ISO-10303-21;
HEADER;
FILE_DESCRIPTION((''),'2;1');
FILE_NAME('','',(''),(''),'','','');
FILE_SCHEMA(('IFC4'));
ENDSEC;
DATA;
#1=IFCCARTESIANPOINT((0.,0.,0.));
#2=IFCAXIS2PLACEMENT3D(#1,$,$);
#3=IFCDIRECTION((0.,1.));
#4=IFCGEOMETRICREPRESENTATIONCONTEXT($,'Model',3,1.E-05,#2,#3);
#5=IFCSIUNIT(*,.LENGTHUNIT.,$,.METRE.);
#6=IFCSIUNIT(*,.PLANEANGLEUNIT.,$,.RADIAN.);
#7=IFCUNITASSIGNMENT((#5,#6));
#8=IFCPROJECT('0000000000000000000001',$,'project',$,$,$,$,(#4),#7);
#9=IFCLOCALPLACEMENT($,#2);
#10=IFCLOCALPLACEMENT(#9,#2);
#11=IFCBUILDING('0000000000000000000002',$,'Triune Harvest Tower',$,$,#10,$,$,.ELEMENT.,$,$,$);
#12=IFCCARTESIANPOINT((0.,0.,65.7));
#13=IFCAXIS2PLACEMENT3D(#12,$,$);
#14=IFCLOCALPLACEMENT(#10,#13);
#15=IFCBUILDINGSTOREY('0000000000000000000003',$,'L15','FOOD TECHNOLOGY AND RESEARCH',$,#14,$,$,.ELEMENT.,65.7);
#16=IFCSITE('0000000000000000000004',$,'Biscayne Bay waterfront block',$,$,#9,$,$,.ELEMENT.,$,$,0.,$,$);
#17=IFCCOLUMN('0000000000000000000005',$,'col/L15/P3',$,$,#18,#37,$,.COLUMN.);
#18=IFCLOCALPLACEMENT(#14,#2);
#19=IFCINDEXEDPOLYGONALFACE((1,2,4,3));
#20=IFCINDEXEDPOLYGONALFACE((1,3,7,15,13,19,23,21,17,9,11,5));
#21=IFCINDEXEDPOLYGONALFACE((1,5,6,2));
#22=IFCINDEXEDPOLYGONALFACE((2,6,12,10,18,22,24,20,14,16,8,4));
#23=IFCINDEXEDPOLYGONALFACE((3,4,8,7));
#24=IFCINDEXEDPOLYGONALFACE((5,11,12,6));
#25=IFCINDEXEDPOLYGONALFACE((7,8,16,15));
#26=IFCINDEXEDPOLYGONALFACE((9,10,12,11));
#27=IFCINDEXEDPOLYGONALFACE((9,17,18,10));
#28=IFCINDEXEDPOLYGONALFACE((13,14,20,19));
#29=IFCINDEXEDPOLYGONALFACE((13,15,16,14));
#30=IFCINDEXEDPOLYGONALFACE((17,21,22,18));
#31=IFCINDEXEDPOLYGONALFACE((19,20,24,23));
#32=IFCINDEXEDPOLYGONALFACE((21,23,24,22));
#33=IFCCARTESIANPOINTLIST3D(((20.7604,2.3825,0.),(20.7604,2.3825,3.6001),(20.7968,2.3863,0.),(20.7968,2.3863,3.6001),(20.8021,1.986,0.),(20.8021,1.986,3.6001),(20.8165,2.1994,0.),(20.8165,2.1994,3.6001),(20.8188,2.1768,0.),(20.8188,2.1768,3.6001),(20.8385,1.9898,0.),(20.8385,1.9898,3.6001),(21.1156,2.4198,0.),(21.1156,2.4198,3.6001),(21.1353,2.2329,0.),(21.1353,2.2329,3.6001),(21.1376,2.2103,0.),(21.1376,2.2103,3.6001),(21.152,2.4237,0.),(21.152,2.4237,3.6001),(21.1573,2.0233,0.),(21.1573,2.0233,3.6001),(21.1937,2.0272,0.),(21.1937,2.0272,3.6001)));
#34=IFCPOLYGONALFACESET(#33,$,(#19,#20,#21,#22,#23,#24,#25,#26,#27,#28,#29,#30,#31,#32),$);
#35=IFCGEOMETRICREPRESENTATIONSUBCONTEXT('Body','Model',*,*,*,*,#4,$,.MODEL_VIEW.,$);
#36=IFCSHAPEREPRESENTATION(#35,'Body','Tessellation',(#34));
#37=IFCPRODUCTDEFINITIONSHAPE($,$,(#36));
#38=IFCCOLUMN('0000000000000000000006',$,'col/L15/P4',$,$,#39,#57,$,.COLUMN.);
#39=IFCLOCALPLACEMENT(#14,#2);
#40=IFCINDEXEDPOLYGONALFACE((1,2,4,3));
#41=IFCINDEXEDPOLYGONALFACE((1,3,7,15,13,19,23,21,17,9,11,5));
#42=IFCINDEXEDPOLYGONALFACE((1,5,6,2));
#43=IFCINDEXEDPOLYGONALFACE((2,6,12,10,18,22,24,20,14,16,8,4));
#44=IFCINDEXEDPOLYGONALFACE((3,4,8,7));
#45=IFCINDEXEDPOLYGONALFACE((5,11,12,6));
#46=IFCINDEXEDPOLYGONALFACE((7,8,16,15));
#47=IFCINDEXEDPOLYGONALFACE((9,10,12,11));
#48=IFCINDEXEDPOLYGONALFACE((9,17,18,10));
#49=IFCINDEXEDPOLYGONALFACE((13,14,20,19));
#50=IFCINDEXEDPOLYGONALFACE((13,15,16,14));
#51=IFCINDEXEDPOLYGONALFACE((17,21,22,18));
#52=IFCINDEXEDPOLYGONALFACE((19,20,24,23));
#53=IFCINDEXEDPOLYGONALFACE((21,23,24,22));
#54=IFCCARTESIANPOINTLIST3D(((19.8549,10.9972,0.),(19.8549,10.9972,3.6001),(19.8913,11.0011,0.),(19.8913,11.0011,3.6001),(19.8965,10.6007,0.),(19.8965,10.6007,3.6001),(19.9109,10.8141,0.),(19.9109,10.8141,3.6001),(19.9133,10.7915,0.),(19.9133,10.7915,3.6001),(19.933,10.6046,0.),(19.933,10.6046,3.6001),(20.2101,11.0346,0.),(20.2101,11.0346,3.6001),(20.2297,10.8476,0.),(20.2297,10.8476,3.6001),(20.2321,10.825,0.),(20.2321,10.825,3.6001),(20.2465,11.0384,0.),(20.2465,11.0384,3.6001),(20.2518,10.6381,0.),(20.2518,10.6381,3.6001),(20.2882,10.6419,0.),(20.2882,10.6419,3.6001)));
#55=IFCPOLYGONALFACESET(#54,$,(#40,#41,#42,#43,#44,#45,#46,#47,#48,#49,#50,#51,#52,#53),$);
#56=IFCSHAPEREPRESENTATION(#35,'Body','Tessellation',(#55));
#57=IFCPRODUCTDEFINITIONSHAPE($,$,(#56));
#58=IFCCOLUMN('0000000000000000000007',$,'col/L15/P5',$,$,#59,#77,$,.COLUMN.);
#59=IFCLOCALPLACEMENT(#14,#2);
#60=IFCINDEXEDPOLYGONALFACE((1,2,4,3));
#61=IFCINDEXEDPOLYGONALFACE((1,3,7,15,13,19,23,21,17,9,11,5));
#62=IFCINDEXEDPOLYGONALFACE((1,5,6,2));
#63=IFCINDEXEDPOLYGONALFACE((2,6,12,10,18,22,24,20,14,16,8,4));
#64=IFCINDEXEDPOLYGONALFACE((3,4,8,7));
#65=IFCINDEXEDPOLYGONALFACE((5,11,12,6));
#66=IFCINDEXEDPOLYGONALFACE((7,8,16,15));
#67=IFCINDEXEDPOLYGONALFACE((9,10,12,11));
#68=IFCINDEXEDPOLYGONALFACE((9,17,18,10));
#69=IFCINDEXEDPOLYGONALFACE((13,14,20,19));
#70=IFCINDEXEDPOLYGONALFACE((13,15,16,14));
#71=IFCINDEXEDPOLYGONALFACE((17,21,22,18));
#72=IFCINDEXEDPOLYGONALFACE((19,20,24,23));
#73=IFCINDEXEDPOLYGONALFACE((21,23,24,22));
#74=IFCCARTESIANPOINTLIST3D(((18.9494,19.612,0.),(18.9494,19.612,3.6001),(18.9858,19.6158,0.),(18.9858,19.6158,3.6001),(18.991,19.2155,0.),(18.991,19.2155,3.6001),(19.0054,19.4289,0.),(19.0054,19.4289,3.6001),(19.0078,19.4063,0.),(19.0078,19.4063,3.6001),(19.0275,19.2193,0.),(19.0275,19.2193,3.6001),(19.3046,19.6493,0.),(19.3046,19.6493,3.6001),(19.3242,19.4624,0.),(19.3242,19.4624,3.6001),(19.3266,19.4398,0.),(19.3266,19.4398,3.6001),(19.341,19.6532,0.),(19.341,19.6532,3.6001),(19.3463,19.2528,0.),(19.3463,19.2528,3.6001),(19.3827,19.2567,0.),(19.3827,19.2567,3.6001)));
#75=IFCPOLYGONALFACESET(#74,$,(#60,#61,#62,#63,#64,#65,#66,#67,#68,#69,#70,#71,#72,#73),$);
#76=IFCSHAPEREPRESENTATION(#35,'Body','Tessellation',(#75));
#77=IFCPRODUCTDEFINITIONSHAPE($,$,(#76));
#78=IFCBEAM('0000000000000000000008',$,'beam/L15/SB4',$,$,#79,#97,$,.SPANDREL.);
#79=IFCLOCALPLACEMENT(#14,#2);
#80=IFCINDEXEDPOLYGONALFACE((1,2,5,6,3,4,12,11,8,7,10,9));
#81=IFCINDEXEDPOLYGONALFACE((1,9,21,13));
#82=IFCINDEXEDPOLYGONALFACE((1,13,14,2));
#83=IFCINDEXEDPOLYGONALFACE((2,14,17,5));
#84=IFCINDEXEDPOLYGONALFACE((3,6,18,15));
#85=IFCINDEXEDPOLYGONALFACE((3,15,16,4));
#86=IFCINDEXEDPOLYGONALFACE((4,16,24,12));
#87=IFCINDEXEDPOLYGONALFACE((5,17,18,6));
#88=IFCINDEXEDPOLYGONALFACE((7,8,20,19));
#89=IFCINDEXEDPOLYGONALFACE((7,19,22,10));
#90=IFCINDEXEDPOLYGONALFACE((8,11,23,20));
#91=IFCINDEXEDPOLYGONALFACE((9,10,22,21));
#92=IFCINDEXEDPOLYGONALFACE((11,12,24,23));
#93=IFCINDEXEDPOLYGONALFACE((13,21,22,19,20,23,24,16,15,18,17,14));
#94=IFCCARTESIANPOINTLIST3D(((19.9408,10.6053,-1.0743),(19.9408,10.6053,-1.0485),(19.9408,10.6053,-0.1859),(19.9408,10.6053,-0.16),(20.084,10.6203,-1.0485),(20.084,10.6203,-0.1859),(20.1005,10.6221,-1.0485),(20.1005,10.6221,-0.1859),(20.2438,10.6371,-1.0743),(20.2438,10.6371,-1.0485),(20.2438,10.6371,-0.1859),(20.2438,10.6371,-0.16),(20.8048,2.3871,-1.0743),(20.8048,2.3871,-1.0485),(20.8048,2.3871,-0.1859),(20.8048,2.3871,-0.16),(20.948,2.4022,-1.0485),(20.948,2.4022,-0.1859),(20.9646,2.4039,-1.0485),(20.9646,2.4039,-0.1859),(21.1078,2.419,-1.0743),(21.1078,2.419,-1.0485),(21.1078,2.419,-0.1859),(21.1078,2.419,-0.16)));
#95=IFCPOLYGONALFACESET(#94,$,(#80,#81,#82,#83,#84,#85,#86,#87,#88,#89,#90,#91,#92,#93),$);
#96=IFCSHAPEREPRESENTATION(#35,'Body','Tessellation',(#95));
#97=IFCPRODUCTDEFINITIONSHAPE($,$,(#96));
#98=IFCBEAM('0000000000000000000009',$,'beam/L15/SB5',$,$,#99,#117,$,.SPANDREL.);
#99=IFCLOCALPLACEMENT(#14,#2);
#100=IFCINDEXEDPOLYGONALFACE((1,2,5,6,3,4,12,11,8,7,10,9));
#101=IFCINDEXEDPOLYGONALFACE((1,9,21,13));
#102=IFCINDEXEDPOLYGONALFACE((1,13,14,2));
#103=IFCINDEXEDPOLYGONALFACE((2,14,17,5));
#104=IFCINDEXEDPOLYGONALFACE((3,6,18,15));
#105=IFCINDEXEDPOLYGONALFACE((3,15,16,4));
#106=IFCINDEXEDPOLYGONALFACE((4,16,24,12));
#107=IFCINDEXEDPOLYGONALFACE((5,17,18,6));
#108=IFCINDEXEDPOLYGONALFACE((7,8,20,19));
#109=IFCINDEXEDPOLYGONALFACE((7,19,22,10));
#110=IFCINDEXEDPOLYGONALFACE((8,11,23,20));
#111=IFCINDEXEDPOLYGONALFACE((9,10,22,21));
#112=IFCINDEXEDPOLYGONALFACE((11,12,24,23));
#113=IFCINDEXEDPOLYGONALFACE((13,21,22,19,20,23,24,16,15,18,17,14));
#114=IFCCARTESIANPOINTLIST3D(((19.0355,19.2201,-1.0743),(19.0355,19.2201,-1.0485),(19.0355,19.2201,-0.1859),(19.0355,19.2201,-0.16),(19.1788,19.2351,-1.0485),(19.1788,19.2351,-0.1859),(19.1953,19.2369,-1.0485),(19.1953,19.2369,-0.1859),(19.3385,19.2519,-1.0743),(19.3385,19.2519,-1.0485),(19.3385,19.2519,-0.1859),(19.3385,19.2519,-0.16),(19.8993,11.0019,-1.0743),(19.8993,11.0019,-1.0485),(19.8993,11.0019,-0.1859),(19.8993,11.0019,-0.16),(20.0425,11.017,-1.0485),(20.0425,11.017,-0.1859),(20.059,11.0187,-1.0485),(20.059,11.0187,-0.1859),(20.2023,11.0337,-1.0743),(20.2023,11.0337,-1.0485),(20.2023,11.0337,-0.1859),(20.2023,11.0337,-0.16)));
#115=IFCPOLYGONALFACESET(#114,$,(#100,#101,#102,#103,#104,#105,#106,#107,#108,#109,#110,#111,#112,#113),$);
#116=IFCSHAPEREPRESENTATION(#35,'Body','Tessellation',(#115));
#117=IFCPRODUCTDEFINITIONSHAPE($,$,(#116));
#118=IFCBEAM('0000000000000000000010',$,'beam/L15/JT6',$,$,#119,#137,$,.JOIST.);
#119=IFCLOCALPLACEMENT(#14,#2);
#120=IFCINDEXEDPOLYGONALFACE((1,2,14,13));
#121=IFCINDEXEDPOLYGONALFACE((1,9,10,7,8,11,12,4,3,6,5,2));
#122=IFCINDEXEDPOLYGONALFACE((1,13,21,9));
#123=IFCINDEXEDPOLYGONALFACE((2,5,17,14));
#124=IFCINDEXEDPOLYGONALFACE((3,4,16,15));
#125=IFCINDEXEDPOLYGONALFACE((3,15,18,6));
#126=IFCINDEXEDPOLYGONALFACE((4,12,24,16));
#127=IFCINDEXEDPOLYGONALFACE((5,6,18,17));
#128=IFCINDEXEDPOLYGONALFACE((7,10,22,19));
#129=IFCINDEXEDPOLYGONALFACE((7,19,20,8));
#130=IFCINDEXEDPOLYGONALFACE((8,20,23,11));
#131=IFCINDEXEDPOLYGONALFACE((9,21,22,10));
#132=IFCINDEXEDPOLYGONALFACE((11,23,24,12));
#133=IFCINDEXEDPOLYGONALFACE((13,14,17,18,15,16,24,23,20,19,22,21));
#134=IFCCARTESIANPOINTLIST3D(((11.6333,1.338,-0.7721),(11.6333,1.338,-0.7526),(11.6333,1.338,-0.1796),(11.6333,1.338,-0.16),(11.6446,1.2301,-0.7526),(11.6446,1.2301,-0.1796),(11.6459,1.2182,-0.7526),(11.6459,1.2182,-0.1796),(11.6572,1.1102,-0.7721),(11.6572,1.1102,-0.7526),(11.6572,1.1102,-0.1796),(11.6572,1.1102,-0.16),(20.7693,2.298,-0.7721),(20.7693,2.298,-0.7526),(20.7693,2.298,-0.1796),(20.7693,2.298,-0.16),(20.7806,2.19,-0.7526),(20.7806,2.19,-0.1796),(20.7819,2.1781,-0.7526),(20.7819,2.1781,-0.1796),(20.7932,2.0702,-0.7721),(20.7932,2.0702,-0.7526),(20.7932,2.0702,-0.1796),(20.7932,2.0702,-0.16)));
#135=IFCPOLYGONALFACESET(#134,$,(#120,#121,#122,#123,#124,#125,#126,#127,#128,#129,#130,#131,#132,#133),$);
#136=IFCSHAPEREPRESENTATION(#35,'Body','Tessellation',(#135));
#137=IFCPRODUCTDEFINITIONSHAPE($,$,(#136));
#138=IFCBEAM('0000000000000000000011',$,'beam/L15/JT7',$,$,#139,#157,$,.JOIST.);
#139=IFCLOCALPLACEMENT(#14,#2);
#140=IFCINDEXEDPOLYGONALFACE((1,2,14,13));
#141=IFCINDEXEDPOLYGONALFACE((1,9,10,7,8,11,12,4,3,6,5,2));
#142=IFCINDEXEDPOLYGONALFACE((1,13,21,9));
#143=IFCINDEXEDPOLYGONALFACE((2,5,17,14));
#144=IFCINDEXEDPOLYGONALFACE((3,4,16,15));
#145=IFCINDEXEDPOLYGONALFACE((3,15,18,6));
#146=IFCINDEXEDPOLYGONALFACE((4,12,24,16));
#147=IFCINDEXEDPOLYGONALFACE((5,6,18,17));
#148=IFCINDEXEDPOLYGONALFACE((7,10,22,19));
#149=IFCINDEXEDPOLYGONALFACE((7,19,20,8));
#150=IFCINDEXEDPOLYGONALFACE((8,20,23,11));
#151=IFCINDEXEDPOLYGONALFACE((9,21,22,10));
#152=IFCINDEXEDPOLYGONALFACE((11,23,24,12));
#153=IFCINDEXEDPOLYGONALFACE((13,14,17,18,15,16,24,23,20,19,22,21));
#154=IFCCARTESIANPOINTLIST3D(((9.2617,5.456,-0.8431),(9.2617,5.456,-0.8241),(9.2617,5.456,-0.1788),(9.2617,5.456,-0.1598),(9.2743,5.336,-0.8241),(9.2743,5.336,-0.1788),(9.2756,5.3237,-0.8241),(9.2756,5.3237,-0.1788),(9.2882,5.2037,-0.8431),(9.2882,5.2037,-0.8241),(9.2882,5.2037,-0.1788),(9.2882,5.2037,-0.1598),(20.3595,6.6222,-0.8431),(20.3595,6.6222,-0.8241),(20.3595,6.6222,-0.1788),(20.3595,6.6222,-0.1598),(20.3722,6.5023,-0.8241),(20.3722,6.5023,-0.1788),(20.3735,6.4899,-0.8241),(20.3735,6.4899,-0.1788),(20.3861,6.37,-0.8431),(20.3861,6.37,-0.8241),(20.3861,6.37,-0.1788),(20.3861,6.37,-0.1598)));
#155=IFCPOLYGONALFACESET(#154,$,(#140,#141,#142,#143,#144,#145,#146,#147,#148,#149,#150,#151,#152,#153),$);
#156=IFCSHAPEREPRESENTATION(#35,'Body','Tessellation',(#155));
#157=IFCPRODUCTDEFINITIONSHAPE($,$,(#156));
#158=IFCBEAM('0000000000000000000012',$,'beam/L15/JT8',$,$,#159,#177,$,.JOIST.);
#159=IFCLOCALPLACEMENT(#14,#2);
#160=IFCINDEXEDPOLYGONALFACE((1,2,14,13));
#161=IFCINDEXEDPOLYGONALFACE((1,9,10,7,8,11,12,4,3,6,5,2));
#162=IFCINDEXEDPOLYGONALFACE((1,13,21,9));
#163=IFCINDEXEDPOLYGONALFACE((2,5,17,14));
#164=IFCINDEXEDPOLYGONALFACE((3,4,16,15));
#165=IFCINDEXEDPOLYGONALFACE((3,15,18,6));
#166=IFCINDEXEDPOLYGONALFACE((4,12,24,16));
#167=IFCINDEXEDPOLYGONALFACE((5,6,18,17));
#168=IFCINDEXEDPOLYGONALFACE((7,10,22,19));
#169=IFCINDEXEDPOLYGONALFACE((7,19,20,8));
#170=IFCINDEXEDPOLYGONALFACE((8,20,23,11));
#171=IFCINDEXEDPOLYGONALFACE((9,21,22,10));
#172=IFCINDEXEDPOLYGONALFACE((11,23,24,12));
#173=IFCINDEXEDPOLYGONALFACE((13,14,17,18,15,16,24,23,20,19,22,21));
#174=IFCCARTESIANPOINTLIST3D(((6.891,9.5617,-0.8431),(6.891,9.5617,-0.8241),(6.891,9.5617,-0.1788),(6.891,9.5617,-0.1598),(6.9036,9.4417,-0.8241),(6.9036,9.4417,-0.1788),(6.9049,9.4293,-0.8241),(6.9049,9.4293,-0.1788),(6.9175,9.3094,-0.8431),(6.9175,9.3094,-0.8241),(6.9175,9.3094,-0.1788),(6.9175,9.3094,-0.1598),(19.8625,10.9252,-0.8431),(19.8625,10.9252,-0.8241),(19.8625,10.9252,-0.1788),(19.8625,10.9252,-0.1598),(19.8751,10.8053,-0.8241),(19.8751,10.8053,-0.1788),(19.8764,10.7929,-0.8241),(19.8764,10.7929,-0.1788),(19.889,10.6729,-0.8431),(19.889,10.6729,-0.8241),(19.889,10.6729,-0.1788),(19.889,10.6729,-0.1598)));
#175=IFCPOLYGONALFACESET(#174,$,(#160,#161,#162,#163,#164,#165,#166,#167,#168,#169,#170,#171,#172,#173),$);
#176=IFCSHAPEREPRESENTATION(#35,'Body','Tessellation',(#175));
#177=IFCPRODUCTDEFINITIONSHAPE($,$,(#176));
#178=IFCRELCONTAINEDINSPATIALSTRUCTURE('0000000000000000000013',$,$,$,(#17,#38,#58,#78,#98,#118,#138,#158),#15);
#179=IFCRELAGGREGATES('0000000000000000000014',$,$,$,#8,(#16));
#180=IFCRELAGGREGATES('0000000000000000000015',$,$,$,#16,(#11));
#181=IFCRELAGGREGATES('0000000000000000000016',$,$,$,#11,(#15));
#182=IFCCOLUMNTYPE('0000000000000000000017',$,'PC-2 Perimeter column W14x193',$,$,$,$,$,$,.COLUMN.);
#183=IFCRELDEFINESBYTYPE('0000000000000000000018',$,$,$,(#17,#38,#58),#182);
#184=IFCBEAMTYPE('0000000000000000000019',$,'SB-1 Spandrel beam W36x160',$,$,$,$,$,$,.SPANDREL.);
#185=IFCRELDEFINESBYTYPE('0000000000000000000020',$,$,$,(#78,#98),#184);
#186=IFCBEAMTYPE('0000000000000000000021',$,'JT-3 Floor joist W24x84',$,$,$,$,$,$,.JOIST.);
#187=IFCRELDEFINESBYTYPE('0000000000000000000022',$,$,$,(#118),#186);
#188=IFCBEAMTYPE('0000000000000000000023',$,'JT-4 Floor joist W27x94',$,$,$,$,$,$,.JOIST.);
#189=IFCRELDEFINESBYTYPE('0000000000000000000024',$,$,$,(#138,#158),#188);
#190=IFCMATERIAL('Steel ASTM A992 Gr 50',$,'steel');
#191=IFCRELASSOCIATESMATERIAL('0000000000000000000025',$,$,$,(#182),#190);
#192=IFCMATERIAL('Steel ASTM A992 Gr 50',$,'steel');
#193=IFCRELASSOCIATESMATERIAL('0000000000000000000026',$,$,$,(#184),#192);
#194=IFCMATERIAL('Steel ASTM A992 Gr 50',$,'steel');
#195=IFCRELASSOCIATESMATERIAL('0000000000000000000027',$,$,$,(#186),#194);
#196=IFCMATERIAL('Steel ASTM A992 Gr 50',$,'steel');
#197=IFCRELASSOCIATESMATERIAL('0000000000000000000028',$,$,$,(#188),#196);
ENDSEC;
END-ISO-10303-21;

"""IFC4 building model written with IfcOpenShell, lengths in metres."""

from ifc_helpers import new_model, si_unit, direction, frame, origin, origin_2d, place, context, subcontext, project, spatial, i_section, extrude, source, transform, mapped, material, material_profile, profile_set, type_object, element, save


model = new_model("IFC4")

# Units and contexts
model_context = context("Model", 3, precision=1e-05, world=origin(), true_north=direction((0.0, 1.0)))
body_context = subcontext(model_context, "Body", "Model", "MODEL_VIEW")
ifc_project = project(units=[si_unit("LENGTHUNIT", "METRE"), si_unit("PLANEANGLEUNIT", "RADIAN")], contexts=[model_context])

# Site, building, storey
site_placement = place(None, origin())
site = spatial("IfcSite", under=ifc_project, at=site_placement, Name="Biscayne Bay waterfront block", CompositionType="ELEMENT", RefElevation=0.0)
building_placement = place(site_placement, origin())
building = spatial("IfcBuilding", under=site, at=building_placement, Name="Triune Harvest Tower", CompositionType="ELEMENT")
storey_placement = place(building_placement, frame((0.0, 0.0, 65.7)))
storey = spatial("IfcBuildingStorey", under=building, at=storey_placement, Name="L15", Description="FOOD TECHNOLOGY AND RESEARCH", CompositionType="ELEMENT", Elevation=65.7)

# Columns
ifc_material_1 = material(Name="Steel ASTM A992 Gr 50", Category="steel")
ifc_material_profile_1 = material_profile(ifc_material_1, i_section(OverallWidth=0.3987, OverallDepth=0.3938, WebThickness=0.0227, FlangeThickness=0.0366, at=origin_2d()), Name="W14x193")
ifc_profile_set_1 = profile_set([ifc_material_profile_1], Name="Steel ASTM A992 Gr 50")
column_type = type_object("IfcColumnType", Name="PC-2 Perimeter column W14x193", PredefinedType="COLUMN", material=ifc_profile_set_1)
shared_shape_1 = source(origin(), body_context, "Body", "SweptSolid", [
    extrude(i_section(OverallWidth=0.3987, OverallDepth=0.3938, WebThickness=0.0227, FlangeThickness=0.0366, at=origin_2d()), origin(), (0.0, 0.0, 1.0), 3.6001),
])
for number, where, z_axis, x_axis, name in (
    (1, (20.9771, 2.2048, 0.0), (0.0, 0.0, 1.0), (-0.104527, 0.994522, 0.0), "col/L15/P3"),
    (2, (20.0715, 10.8196, 0.0), (0.0, 0.0, 1.0), (-0.104527, 0.994522, 0.0), "col/L15/P4"),
    (3, (19.166, 19.4343, 0.0), (0.0, 0.0, 1.0), (-0.104527, 0.994522, 0.0), "col/L15/P5"),
):
    element("IfcColumn", number, at=place(storey_placement, frame(where, z_axis=z_axis, x_axis=x_axis)), inside=storey, type_object=column_type, Name=name, PredefinedType="COLUMN", context=body_context, shape_type="MappedRepresentation", body=[
        mapped(shared_shape_1, transform((0.0, 0.0, 0.0), scale=1.0)),
    ])

# Beams
ifc_material_2 = material(Name="Steel ASTM A992 Gr 50", Category="steel")
ifc_material_profile_2 = material_profile(ifc_material_2, i_section(OverallWidth=0.3047, OverallDepth=0.9143, WebThickness=0.0166, FlangeThickness=0.0259, at=origin_2d()), Name="W36x160")
ifc_profile_set_2 = profile_set([ifc_material_profile_2], Name="Steel ASTM A992 Gr 50")
beam_type_1 = type_object("IfcBeamType", Name="SB-1 Spandrel beam W36x160", PredefinedType="SPANDREL", material=ifc_profile_set_2)
shared_shape_2 = source(origin(), body_context, "Body", "SweptSolid", [
    extrude(i_section(OverallWidth=0.3047, OverallDepth=0.9143, WebThickness=0.0166, FlangeThickness=0.0259, at=origin_2d()), origin(), (0.0, 0.0, 1.0), 8.2634),
])
for number, where, z_axis, x_axis, name in (
    (4, (20.9563, 2.4031, -0.6172), (-0.10456, 0.994519, 0.0), (-0.994519, -0.10456, 0.0), "beam/L15/SB4"),
    (5, (20.0508, 11.0178, -0.6172), (-0.104528, 0.994522, 0.0), (-0.994522, -0.104528, 0.0), "beam/L15/SB5"),
):
    element("IfcBeam", number, at=place(storey_placement, frame(where, z_axis=z_axis, x_axis=x_axis)), inside=storey, type_object=beam_type_1, Name=name, PredefinedType="SPANDREL", context=body_context, shape_type="MappedRepresentation", body=[
        mapped(shared_shape_2, transform((0.0, 0.0, 0.0), scale=1.0)),
    ])
ifc_material_3 = material(Name="Steel ASTM A992 Gr 50", Category="steel")
ifc_material_profile_3 = material_profile(ifc_material_3, i_section(OverallWidth=0.229, OverallDepth=0.6121, WebThickness=0.012, FlangeThickness=0.0195, at=origin_2d()), Name="W24x84")
ifc_profile_set_3 = profile_set([ifc_material_profile_3], Name="Steel ASTM A992 Gr 50")
beam_type_2 = type_object("IfcBeamType", Name="JT-3 Floor joist W24x84", PredefinedType="JOIST", material=ifc_profile_set_3)
shared_shape_3 = source(origin(), body_context, "Body", "SweptSolid", [
    extrude(i_section(OverallWidth=0.229, OverallDepth=0.6121, WebThickness=0.012, FlangeThickness=0.0195, at=origin_2d()), origin(), (0.0, 0.0, 1.0), 9.1863),
])
beam_1_placement = place(storey_placement, frame((20.7812, 2.1841, -0.4661), z_axis=(-0.994525, -0.104499, 0.0), x_axis=(0.104499, -0.994525, 0.0)))
element("IfcBeam", 6, at=beam_1_placement, inside=storey, type_object=beam_type_2, Name="beam/L15/JT6", PredefinedType="JOIST", context=body_context, shape_type="MappedRepresentation", body=[
    mapped(shared_shape_3, transform((0.0, 0.0, 0.0), scale=1.0)),
])
ifc_material_4 = material(Name="Steel ASTM A992 Gr 50", Category="steel")
ifc_material_profile_4 = material_profile(ifc_material_4, i_section(OverallWidth=0.2537, OverallDepth=0.6833, WebThickness=0.0125, FlangeThickness=0.019, at=origin_2d()), Name="W27x94")
ifc_profile_set_4 = profile_set([ifc_material_profile_4], Name="Steel ASTM A992 Gr 50")
beam_type_3 = type_object("IfcBeamType", Name="JT-4 Floor joist W27x94", PredefinedType="JOIST", material=ifc_profile_set_4)
shared_shape_4 = source(origin(), body_context, "Body", "SweptSolid", [
    extrude(i_section(OverallWidth=0.2537, OverallDepth=0.6833, WebThickness=0.0125, FlangeThickness=0.019, at=origin_2d()), origin(), (0.0, 0.0, 1.0), 11.1589),
])
beam_2_placement = place(storey_placement, frame((20.3728, 6.4961, -0.5015), z_axis=(-0.994524, -0.104513, 0.0), x_axis=(0.104513, -0.994524, 0.0)))
element("IfcBeam", 7, at=beam_2_placement, inside=storey, type_object=beam_type_3, Name="beam/L15/JT7", PredefinedType="JOIST", context=body_context, shape_type="MappedRepresentation", body=[
    mapped(shared_shape_4, transform((0.0, 0.0, 0.0), scale=1.0)),
])
shared_shape_5 = source(origin(), body_context, "Body", "SweptSolid", [
    extrude(i_section(OverallWidth=0.2537, OverallDepth=0.6833, WebThickness=0.0125, FlangeThickness=0.019, at=origin_2d()), origin(), (0.0, 0.0, 1.0), 13.043),
])
beam_3_placement = place(storey_placement, frame((19.8757, 10.7991, -0.5015), z_axis=(-0.994521, -0.104542, 0.0), x_axis=(0.104542, -0.994521, 0.0)))
element("IfcBeam", 8, at=beam_3_placement, inside=storey, type_object=beam_type_3, Name="beam/L15/JT8", PredefinedType="JOIST", context=body_context, shape_type="MappedRepresentation", body=[
    mapped(shared_shape_5, transform((0.0, 0.0, 0.0), scale=1.0)),
])

save(model, "model.ifc")
